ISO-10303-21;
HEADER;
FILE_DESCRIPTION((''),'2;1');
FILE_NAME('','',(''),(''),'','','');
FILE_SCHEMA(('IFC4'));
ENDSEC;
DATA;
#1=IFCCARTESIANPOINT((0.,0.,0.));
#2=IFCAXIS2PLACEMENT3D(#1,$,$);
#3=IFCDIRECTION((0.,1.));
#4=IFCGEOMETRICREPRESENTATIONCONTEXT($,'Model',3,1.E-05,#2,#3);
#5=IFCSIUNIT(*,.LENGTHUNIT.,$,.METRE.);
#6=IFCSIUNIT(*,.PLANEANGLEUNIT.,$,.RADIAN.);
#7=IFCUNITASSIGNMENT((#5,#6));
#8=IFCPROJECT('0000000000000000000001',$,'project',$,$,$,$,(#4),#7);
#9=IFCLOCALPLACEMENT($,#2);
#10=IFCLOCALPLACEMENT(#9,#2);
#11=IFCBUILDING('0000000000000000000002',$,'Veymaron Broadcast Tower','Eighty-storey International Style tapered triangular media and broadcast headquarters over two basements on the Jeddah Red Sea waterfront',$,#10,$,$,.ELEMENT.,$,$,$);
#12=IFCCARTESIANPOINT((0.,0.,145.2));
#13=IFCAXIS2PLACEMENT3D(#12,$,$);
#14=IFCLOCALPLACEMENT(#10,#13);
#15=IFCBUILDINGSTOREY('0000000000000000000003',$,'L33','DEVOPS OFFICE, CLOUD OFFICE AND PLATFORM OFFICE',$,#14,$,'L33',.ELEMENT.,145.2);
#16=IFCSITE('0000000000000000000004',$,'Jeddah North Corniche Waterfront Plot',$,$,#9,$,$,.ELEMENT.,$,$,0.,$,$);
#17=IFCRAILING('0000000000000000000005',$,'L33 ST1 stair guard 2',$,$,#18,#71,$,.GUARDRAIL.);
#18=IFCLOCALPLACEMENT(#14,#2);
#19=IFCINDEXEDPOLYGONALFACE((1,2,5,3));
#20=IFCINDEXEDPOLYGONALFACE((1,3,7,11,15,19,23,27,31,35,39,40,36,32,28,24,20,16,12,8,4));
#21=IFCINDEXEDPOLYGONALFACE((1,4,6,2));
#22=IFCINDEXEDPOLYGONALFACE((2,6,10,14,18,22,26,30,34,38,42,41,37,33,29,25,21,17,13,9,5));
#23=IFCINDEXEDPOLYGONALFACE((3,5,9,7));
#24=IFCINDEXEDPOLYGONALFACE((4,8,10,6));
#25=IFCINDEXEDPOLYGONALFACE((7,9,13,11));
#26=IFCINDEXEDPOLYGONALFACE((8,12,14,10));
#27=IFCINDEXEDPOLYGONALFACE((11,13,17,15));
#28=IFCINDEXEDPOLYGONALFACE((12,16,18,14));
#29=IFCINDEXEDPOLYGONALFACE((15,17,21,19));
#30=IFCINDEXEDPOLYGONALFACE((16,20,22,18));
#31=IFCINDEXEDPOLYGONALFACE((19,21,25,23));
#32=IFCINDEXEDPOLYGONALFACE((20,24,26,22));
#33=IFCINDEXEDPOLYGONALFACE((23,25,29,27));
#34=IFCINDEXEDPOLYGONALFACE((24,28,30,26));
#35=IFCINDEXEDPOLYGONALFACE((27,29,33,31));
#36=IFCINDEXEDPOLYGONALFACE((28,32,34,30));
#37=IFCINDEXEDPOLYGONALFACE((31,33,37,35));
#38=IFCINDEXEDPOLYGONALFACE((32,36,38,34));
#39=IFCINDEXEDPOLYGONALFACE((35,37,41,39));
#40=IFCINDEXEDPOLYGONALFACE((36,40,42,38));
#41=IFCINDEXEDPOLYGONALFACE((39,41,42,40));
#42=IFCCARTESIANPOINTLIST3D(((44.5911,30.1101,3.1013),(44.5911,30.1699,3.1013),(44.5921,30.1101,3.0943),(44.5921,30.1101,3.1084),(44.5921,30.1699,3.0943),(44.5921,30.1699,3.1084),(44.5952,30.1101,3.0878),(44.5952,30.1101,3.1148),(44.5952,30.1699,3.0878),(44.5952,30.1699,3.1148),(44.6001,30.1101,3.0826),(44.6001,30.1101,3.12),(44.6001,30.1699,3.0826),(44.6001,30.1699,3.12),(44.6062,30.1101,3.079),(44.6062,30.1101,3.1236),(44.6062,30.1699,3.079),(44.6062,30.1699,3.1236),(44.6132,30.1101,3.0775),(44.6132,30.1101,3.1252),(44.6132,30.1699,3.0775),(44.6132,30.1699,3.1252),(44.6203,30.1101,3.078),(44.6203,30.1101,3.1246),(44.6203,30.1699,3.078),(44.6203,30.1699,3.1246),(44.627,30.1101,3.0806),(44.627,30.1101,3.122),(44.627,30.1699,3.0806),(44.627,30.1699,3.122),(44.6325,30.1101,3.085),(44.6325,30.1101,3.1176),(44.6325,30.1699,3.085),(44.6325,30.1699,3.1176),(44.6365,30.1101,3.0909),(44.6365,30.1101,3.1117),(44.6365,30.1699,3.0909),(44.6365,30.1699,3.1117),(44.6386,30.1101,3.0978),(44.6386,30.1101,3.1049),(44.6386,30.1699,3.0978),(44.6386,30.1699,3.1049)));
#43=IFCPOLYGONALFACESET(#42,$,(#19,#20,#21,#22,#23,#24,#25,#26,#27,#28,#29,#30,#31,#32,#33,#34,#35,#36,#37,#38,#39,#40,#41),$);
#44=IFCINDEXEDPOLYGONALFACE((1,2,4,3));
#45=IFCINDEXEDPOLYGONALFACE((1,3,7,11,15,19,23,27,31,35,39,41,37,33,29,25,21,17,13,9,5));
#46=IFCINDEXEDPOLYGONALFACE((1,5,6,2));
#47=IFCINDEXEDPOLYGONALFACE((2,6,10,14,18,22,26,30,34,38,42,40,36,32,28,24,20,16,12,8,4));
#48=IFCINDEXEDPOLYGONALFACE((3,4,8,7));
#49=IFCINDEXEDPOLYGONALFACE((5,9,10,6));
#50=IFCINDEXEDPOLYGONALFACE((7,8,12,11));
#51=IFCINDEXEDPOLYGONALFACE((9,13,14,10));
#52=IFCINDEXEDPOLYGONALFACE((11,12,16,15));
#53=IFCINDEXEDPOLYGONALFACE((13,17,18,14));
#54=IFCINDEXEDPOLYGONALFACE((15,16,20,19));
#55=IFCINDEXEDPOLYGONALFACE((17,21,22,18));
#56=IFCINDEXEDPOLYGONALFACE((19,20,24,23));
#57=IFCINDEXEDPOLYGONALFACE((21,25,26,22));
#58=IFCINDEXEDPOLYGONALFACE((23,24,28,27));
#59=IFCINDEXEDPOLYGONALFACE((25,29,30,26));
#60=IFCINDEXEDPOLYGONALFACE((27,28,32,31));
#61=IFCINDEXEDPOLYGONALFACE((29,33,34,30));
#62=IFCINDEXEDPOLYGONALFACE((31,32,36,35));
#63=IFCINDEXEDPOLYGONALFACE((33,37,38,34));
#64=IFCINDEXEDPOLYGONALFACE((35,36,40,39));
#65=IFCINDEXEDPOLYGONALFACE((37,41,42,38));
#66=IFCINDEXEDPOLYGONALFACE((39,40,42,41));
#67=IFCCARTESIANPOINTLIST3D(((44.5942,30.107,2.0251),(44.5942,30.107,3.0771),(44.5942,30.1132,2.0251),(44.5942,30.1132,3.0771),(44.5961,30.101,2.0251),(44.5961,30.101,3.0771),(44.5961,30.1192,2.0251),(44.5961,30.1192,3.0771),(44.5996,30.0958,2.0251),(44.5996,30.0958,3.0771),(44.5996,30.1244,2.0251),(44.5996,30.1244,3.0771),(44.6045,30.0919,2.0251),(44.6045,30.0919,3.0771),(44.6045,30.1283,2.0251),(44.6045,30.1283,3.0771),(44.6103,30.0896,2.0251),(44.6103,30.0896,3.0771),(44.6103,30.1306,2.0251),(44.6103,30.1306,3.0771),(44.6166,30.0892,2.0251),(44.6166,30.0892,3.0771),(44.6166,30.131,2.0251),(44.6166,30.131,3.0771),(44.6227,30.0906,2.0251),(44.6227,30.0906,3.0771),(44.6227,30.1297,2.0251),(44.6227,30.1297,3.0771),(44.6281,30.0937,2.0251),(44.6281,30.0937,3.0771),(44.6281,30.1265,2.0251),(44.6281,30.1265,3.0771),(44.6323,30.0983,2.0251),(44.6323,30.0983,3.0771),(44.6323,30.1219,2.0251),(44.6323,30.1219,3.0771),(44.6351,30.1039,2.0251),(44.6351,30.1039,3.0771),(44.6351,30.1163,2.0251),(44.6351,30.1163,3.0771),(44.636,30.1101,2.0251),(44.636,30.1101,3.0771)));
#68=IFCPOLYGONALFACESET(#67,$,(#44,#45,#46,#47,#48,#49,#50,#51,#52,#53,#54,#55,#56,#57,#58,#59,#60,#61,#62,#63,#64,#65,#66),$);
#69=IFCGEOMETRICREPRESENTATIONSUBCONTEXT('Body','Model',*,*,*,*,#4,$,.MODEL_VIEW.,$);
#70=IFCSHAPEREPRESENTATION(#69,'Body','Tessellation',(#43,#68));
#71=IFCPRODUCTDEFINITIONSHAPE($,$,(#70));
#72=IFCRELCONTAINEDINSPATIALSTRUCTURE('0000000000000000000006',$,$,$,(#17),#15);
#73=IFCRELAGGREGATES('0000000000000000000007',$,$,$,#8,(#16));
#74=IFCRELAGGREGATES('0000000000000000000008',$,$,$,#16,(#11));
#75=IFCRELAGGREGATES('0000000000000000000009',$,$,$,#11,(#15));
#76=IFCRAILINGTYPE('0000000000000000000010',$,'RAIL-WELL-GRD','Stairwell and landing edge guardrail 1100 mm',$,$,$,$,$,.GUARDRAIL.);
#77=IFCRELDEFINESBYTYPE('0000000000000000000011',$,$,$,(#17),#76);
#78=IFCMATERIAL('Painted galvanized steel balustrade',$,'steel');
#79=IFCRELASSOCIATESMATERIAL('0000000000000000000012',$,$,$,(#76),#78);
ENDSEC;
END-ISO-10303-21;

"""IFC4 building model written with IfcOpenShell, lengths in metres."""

from ifc_helpers import new_model, si_unit, direction, frame, origin, origin_2d, place, context, subcontext, project, spatial, circle, extrude, material, type_object, element, save


model = new_model("IFC4")

# Units and contexts
model_context = context("Model", 3, precision=1e-05, world=origin(), true_north=direction((0.0, 1.0)))
body_context = subcontext(model_context, "Body", "Model", "MODEL_VIEW")
ifc_project = project(units=[si_unit("LENGTHUNIT", "METRE"), si_unit("PLANEANGLEUNIT", "RADIAN")], contexts=[model_context])

# Site, building, storey
site_placement = place(None, origin())
site = spatial("IfcSite", under=ifc_project, at=site_placement, Name="Jeddah North Corniche Waterfront Plot", CompositionType="ELEMENT", RefElevation=0.0)
building_placement = place(site_placement, origin())
building = spatial("IfcBuilding", under=site, at=building_placement, Name="Veymaron Broadcast Tower", Description="Eighty-storey International Style tapered triangular media and broadcast headquarters over two basements on the Jeddah Red Sea waterfront", CompositionType="ELEMENT")
storey_placement = place(building_placement, frame((0.0, 0.0, 145.2)))
storey = spatial("IfcBuildingStorey", under=building, at=storey_placement, Name="L33", Description="DEVOPS OFFICE, CLOUD OFFICE AND PLATFORM OFFICE", LongName="L33", CompositionType="ELEMENT", Elevation=145.2)

# Railing
ifc_material_1 = material(Name="Painted galvanized steel balustrade", Category="steel")
railing_type_1 = type_object("IfcRailingType", Name="RAIL-WELL-GRD", Description="Stairwell and landing edge guardrail 1100 mm", PredefinedType="GUARDRAIL", material=ifc_material_1)
railing_1_placement = place(storey_placement, frame((44.615, 30.1101, 2.0251)))
element("IfcRailing", 1, at=railing_1_placement, inside=storey, type_object=railing_type_1, Name="L33 ST1 stair guard 2", PredefinedType="GUARDRAIL", context=body_context, shape_type="SweptSolid", body=[
    extrude(circle(Radius=0.0239, at=origin_2d()), frame((0.0, 0.0, 1.0762), z_axis=(0.0, 1.0, 0.0), x_axis=(-1.0, 0.0, 0.0)), (0.0, 0.0, 1.0), 0.0598),
    extrude(circle(Radius=0.021, at=origin_2d()), origin(), (0.0, 0.0, 1.0), 1.052),
])

save(model, "model.ifc")
